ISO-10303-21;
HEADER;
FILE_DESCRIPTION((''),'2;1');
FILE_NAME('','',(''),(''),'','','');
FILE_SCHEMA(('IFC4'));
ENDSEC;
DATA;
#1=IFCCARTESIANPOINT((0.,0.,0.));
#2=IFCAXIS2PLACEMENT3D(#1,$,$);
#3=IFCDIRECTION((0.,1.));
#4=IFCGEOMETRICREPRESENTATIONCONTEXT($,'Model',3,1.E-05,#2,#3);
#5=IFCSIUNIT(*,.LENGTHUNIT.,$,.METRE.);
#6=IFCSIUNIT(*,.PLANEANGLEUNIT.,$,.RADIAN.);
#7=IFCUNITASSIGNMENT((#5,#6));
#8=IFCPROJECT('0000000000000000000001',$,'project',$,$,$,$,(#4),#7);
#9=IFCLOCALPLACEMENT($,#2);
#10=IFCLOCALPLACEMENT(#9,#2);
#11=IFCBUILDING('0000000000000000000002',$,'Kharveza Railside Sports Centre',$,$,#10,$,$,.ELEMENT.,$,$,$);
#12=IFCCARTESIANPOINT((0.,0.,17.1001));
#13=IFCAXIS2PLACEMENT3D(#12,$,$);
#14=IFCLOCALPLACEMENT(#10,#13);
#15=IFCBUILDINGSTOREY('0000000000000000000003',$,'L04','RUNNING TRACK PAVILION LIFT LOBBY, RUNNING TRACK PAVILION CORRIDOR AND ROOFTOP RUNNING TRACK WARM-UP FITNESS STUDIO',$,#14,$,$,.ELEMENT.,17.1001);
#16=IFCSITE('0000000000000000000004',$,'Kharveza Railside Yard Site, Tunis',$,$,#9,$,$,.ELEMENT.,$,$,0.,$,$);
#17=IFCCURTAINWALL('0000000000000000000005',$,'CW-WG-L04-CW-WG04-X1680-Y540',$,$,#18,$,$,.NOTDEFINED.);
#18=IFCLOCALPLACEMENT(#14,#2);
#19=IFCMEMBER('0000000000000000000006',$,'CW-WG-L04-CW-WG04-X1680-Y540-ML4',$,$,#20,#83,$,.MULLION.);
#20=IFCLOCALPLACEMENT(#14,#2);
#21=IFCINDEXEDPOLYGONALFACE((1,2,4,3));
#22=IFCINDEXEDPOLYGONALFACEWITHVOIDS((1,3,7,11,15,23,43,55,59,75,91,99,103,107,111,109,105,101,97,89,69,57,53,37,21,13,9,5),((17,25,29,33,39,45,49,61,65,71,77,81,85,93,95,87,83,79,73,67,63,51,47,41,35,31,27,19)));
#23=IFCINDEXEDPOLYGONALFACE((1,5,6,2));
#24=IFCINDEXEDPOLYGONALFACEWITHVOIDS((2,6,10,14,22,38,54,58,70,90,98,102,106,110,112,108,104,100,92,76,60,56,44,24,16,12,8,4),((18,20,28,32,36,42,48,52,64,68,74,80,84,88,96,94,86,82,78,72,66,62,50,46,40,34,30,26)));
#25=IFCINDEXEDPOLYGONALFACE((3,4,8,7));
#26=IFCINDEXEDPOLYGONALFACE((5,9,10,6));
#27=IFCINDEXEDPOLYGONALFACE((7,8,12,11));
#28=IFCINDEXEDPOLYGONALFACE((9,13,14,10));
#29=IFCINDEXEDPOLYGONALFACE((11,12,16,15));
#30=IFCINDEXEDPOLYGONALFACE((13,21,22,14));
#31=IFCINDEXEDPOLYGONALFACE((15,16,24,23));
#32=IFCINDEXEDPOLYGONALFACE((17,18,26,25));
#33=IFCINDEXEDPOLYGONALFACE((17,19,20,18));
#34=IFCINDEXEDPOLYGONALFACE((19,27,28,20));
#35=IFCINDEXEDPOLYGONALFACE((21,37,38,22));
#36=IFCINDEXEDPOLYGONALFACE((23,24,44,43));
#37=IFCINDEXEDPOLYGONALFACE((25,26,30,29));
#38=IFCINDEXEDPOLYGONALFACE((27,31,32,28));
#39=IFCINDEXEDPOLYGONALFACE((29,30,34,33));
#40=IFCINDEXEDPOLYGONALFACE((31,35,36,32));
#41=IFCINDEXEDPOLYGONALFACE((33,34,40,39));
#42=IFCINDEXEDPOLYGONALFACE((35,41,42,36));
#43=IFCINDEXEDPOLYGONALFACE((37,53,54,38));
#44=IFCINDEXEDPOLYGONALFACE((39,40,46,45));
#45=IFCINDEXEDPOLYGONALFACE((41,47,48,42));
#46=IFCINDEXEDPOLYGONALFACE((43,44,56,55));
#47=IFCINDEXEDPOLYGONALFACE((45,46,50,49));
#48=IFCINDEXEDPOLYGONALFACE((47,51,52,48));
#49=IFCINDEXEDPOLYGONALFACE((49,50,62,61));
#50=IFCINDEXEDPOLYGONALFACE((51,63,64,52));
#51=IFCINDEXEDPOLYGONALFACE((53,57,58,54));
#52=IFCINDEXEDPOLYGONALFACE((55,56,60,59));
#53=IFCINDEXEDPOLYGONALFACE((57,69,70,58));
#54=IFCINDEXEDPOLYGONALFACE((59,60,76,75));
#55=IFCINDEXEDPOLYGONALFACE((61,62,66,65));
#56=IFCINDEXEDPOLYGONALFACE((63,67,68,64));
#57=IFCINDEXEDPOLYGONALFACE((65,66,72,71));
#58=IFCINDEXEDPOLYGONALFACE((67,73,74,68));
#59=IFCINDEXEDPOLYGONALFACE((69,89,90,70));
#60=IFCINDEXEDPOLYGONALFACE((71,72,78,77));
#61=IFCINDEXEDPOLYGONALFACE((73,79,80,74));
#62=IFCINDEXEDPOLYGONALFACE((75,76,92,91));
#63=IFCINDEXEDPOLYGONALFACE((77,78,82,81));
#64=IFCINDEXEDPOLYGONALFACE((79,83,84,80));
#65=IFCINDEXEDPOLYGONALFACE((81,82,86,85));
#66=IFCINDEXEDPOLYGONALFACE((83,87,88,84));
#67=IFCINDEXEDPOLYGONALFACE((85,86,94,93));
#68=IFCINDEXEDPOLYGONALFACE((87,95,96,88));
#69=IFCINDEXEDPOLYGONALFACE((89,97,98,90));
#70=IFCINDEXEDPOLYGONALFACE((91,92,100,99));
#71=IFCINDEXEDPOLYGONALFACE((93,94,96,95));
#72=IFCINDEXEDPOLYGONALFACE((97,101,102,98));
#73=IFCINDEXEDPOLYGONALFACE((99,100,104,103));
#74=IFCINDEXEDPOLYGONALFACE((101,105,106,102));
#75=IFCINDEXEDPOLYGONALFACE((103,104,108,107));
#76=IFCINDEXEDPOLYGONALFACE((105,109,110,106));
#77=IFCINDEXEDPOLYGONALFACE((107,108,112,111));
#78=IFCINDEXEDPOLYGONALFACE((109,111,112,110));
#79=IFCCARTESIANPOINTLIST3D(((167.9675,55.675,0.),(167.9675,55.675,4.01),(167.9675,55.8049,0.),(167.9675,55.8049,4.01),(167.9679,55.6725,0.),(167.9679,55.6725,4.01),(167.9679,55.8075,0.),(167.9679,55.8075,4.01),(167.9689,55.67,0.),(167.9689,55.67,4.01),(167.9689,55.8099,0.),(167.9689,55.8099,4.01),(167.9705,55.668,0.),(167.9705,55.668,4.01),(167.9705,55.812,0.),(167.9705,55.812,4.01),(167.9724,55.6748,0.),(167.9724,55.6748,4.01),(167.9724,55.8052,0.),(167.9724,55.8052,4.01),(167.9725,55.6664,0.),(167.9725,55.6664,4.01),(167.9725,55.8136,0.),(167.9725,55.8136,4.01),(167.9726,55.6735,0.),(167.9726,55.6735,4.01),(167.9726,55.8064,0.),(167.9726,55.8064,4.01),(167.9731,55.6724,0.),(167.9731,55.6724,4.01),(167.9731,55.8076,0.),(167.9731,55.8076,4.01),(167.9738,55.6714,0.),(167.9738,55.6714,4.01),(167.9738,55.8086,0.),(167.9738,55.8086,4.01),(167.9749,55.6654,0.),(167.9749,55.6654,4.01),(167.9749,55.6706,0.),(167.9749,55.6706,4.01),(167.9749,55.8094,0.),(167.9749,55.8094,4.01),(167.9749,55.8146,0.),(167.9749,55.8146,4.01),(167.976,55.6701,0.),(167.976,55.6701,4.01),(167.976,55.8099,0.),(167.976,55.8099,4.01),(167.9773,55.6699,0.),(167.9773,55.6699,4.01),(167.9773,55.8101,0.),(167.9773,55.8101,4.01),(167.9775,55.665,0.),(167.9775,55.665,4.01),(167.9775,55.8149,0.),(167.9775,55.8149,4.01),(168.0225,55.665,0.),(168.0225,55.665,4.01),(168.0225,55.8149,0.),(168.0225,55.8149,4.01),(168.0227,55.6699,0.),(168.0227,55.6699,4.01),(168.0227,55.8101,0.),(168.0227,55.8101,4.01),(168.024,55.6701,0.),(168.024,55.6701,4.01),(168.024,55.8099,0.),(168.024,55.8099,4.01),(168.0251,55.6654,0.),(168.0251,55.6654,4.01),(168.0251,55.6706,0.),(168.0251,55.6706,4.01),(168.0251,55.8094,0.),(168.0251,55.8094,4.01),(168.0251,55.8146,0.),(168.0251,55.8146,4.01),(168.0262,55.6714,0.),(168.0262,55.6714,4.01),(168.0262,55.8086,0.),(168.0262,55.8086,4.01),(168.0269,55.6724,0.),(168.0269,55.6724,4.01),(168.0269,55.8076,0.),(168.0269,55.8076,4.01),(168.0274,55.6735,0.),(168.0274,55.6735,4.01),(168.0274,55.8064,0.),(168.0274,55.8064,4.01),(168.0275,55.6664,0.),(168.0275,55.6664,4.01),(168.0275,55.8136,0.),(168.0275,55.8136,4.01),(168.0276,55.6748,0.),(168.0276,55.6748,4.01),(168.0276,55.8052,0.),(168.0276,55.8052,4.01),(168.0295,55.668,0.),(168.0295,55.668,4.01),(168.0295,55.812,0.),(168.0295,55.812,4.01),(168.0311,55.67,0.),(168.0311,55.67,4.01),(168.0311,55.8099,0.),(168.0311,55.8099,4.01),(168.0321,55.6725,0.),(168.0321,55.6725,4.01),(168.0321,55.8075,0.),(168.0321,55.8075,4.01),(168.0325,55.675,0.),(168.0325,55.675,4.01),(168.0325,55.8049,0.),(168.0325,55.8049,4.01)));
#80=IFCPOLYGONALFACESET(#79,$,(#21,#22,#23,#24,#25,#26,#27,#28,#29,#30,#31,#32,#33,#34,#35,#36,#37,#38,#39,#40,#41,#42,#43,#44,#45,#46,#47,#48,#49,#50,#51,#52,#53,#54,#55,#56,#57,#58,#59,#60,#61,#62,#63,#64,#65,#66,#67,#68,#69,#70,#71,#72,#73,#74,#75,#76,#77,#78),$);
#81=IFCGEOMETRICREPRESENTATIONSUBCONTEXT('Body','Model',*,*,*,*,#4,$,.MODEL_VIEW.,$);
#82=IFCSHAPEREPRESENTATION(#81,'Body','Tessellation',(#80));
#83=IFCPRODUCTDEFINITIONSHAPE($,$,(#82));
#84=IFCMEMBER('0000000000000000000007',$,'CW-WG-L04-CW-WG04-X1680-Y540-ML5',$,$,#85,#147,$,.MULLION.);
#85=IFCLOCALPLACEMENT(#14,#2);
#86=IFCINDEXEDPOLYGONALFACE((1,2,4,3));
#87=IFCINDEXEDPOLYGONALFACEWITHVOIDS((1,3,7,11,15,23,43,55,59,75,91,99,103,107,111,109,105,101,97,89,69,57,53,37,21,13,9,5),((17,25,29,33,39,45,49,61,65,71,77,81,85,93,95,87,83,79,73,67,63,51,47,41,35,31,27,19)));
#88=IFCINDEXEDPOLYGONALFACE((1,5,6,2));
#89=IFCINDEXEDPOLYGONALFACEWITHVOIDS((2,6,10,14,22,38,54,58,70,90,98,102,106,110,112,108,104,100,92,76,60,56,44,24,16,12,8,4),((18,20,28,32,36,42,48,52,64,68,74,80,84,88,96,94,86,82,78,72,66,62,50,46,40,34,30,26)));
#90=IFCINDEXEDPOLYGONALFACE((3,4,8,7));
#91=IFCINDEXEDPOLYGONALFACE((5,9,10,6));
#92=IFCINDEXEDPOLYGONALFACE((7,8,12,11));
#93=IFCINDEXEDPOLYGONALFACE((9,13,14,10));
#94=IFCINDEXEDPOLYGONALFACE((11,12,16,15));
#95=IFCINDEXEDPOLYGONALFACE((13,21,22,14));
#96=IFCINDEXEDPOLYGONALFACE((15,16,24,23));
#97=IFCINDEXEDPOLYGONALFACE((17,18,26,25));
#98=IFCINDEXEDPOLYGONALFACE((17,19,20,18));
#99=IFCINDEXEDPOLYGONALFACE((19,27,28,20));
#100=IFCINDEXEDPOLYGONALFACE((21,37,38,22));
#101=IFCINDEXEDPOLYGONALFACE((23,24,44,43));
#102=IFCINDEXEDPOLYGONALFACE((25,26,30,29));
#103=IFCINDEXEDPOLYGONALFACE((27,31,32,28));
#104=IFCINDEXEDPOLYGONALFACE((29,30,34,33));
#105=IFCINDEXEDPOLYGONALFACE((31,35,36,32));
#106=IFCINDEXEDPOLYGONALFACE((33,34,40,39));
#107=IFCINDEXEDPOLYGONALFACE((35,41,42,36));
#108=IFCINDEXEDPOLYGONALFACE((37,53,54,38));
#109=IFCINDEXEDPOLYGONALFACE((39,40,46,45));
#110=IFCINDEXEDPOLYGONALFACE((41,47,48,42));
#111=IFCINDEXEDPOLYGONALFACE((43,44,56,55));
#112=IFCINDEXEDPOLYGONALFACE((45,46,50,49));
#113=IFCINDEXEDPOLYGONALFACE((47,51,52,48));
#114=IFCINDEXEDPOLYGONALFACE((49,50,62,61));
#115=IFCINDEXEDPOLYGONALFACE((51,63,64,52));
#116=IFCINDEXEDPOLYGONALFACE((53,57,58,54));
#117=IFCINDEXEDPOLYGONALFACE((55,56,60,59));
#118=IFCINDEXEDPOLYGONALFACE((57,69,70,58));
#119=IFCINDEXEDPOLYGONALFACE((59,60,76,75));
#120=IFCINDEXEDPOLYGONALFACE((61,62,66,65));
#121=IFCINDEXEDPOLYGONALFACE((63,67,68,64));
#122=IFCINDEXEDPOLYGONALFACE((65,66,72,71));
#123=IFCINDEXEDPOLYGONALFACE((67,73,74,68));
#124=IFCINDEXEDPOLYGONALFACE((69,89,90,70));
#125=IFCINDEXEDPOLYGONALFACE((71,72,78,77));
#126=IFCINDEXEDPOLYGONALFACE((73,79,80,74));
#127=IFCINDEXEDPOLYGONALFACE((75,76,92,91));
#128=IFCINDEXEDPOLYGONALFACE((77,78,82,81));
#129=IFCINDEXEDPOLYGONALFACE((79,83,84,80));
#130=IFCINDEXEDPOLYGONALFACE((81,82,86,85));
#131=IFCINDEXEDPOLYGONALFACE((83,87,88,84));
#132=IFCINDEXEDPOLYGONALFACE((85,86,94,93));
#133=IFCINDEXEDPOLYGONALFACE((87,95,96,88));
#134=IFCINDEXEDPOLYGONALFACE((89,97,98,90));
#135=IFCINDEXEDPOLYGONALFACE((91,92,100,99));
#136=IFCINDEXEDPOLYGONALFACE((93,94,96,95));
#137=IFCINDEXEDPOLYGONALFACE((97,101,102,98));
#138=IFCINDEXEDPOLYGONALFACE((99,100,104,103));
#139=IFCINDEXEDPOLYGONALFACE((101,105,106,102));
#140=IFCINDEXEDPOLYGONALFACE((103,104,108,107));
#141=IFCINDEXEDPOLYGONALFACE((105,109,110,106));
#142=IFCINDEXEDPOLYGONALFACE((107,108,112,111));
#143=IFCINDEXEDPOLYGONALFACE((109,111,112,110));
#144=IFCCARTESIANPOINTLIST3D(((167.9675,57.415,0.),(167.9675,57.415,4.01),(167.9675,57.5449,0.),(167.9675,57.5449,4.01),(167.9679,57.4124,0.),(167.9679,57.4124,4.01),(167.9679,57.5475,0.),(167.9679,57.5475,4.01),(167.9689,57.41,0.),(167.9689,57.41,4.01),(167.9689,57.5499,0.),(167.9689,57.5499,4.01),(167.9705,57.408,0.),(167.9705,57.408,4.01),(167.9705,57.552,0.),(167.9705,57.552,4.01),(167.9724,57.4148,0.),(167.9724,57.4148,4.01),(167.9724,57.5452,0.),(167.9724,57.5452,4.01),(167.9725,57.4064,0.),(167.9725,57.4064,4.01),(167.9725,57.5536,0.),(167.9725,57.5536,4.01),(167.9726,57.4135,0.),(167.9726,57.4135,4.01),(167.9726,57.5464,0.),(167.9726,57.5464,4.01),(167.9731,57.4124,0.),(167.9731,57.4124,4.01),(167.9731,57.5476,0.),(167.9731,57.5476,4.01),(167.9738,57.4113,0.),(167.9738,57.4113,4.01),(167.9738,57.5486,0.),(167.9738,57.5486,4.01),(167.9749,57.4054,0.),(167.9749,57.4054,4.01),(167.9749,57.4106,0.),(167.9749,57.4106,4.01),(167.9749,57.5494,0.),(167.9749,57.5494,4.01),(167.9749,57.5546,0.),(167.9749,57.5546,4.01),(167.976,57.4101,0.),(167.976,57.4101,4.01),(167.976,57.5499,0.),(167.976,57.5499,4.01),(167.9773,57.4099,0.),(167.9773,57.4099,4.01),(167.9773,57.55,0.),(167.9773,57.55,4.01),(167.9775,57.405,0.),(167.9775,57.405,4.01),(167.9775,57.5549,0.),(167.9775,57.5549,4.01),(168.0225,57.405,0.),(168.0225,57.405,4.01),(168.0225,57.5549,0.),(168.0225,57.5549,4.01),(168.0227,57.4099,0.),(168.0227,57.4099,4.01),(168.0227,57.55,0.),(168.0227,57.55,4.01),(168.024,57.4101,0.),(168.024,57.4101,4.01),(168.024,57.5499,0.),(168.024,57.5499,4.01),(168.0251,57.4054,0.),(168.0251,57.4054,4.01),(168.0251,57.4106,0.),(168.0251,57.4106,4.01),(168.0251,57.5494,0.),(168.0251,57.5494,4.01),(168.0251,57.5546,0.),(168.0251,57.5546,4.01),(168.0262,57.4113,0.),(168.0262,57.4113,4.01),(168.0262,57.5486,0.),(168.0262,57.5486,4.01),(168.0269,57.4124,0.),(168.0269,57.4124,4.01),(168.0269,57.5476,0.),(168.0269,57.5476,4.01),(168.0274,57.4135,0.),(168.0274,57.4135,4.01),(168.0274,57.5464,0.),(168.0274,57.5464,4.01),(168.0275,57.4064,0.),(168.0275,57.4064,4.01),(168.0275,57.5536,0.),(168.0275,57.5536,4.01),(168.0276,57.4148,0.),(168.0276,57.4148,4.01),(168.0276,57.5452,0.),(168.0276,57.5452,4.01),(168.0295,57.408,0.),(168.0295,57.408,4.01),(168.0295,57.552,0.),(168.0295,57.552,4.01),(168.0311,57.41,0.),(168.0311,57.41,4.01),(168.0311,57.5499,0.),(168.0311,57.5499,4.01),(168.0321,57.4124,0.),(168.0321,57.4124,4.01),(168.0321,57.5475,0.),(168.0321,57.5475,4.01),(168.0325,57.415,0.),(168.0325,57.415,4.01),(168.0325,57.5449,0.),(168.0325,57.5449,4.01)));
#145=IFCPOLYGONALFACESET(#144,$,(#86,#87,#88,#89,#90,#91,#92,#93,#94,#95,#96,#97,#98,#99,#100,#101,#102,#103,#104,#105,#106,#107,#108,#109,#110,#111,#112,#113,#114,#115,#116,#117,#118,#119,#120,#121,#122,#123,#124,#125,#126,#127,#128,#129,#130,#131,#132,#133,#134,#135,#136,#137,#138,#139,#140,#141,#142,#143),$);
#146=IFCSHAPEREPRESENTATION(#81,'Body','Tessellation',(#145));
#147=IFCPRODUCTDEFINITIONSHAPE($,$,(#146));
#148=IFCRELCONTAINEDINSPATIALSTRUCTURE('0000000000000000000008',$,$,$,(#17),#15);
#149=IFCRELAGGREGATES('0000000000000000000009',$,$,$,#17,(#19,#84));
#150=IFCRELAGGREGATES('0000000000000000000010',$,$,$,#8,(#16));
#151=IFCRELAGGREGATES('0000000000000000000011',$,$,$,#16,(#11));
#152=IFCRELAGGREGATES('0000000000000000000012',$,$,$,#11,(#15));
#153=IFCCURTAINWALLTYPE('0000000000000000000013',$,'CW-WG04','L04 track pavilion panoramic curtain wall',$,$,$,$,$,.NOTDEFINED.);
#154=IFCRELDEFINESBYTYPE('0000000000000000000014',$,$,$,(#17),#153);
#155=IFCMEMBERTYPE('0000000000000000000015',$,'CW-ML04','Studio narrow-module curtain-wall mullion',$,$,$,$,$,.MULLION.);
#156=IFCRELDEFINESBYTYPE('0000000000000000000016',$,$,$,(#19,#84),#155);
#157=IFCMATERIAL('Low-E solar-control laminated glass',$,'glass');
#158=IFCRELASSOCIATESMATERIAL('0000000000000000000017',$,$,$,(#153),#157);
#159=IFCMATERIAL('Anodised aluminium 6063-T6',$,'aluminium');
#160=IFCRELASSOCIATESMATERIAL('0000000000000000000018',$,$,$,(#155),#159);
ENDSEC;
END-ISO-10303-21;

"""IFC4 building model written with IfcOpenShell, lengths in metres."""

from ifc_helpers import new_model, si_unit, direction, frame, origin, origin_2d, place, context, subcontext, project, spatial, hollow_rectangle, extrude, material, material_profile, profile_set, type_object, element, aggregate, save


model = new_model("IFC4")

# Units and contexts
model_context = context("Model", 3, precision=1e-05, world=origin(), true_north=direction((0.0, 1.0)))
body_context = subcontext(model_context, "Body", "Model", "MODEL_VIEW")
ifc_project = project(units=[si_unit("LENGTHUNIT", "METRE"), si_unit("PLANEANGLEUNIT", "RADIAN")], contexts=[model_context])

# Site, building, storey
site_placement = place(None, origin())
site = spatial("IfcSite", under=ifc_project, at=site_placement, Name="Kharveza Railside Yard Site, Tunis", CompositionType="ELEMENT", RefElevation=0.0)
building_placement = place(site_placement, origin())
building = spatial("IfcBuilding", under=site, at=building_placement, Name="Kharveza Railside Sports Centre", CompositionType="ELEMENT")
storey_placement = place(building_placement, frame((0.0, 0.0, 17.1001)))
storey = spatial("IfcBuildingStorey", under=building, at=storey_placement, Name="L04", Description="RUNNING TRACK PAVILION LIFT LOBBY, RUNNING TRACK PAVILION CORRIDOR AND ROOFTOP RUNNING TRACK WARM-UP FITNESS STUDIO", CompositionType="ELEMENT", Elevation=17.1001)

# Curtain wall, members
ifc_material_1 = material(Name="Low-E solar-control laminated glass", Category="glass")
curtain_wall_type = type_object("IfcCurtainWallType", Name="CW-WG04", Description="L04 track pavilion panoramic curtain wall", PredefinedType="NOTDEFINED", material=ifc_material_1)
curtain_wall_placement = place(storey_placement, origin())
curtain_wall = element("IfcCurtainWall", 1, at=curtain_wall_placement, inside=storey, type_object=curtain_wall_type, Name="CW-WG-L04-CW-WG04-X1680-Y540", PredefinedType="NOTDEFINED")
ifc_material_2 = material(Name="Anodised aluminium 6063-T6", Category="aluminium")
ifc_material_profile_1 = material_profile(ifc_material_2, hollow_rectangle(XDim=0.0649, YDim=0.1499, WallThickness=0.0049, InnerFilletRadius=0.0049, OuterFilletRadius=0.01, at=origin_2d()), Name="RHS 65x150x5.0")
ifc_profile_set_1 = profile_set([ifc_material_profile_1], Name="Anodised aluminium 6063-T6")
member_type_1 = type_object("IfcMemberType", Name="CW-ML04", Description="Studio narrow-module curtain-wall mullion", PredefinedType="MULLION", material=ifc_profile_set_1)
member_1_placement = place(storey_placement, frame((168.0, 55.74, 0.0), z_axis=(0.0, 0.0, 1.0), x_axis=(1.0, 0.0, 0.0)))
member_1 = element("IfcMember", 2, at=member_1_placement, type_object=member_type_1, Name="CW-WG-L04-CW-WG04-X1680-Y540-ML4", PredefinedType="MULLION", context=body_context, shape_type="SweptSolid", body=[
    extrude(hollow_rectangle(XDim=0.0649, YDim=0.1499, WallThickness=0.0049, InnerFilletRadius=0.0049, OuterFilletRadius=0.01, at=origin_2d()), origin(), (0.0, 0.0, 1.0), 4.01),
])
member_2_placement = place(storey_placement, frame((168.0, 57.48, 0.0), z_axis=(0.0, 0.0, 1.0), x_axis=(1.0, 0.0, 0.0)))
member_2 = element("IfcMember", 3, at=member_2_placement, type_object=member_type_1, Name="CW-WG-L04-CW-WG04-X1680-Y540-ML5", PredefinedType="MULLION", context=body_context, shape_type="SweptSolid", body=[
    extrude(hollow_rectangle(XDim=0.0649, YDim=0.1499, WallThickness=0.0049, InnerFilletRadius=0.0049, OuterFilletRadius=0.01, at=origin_2d()), origin(), (0.0, 0.0, 1.0), 4.01),
])
aggregate(curtain_wall, [member_1, member_2])

save(model, "model.ifc")
